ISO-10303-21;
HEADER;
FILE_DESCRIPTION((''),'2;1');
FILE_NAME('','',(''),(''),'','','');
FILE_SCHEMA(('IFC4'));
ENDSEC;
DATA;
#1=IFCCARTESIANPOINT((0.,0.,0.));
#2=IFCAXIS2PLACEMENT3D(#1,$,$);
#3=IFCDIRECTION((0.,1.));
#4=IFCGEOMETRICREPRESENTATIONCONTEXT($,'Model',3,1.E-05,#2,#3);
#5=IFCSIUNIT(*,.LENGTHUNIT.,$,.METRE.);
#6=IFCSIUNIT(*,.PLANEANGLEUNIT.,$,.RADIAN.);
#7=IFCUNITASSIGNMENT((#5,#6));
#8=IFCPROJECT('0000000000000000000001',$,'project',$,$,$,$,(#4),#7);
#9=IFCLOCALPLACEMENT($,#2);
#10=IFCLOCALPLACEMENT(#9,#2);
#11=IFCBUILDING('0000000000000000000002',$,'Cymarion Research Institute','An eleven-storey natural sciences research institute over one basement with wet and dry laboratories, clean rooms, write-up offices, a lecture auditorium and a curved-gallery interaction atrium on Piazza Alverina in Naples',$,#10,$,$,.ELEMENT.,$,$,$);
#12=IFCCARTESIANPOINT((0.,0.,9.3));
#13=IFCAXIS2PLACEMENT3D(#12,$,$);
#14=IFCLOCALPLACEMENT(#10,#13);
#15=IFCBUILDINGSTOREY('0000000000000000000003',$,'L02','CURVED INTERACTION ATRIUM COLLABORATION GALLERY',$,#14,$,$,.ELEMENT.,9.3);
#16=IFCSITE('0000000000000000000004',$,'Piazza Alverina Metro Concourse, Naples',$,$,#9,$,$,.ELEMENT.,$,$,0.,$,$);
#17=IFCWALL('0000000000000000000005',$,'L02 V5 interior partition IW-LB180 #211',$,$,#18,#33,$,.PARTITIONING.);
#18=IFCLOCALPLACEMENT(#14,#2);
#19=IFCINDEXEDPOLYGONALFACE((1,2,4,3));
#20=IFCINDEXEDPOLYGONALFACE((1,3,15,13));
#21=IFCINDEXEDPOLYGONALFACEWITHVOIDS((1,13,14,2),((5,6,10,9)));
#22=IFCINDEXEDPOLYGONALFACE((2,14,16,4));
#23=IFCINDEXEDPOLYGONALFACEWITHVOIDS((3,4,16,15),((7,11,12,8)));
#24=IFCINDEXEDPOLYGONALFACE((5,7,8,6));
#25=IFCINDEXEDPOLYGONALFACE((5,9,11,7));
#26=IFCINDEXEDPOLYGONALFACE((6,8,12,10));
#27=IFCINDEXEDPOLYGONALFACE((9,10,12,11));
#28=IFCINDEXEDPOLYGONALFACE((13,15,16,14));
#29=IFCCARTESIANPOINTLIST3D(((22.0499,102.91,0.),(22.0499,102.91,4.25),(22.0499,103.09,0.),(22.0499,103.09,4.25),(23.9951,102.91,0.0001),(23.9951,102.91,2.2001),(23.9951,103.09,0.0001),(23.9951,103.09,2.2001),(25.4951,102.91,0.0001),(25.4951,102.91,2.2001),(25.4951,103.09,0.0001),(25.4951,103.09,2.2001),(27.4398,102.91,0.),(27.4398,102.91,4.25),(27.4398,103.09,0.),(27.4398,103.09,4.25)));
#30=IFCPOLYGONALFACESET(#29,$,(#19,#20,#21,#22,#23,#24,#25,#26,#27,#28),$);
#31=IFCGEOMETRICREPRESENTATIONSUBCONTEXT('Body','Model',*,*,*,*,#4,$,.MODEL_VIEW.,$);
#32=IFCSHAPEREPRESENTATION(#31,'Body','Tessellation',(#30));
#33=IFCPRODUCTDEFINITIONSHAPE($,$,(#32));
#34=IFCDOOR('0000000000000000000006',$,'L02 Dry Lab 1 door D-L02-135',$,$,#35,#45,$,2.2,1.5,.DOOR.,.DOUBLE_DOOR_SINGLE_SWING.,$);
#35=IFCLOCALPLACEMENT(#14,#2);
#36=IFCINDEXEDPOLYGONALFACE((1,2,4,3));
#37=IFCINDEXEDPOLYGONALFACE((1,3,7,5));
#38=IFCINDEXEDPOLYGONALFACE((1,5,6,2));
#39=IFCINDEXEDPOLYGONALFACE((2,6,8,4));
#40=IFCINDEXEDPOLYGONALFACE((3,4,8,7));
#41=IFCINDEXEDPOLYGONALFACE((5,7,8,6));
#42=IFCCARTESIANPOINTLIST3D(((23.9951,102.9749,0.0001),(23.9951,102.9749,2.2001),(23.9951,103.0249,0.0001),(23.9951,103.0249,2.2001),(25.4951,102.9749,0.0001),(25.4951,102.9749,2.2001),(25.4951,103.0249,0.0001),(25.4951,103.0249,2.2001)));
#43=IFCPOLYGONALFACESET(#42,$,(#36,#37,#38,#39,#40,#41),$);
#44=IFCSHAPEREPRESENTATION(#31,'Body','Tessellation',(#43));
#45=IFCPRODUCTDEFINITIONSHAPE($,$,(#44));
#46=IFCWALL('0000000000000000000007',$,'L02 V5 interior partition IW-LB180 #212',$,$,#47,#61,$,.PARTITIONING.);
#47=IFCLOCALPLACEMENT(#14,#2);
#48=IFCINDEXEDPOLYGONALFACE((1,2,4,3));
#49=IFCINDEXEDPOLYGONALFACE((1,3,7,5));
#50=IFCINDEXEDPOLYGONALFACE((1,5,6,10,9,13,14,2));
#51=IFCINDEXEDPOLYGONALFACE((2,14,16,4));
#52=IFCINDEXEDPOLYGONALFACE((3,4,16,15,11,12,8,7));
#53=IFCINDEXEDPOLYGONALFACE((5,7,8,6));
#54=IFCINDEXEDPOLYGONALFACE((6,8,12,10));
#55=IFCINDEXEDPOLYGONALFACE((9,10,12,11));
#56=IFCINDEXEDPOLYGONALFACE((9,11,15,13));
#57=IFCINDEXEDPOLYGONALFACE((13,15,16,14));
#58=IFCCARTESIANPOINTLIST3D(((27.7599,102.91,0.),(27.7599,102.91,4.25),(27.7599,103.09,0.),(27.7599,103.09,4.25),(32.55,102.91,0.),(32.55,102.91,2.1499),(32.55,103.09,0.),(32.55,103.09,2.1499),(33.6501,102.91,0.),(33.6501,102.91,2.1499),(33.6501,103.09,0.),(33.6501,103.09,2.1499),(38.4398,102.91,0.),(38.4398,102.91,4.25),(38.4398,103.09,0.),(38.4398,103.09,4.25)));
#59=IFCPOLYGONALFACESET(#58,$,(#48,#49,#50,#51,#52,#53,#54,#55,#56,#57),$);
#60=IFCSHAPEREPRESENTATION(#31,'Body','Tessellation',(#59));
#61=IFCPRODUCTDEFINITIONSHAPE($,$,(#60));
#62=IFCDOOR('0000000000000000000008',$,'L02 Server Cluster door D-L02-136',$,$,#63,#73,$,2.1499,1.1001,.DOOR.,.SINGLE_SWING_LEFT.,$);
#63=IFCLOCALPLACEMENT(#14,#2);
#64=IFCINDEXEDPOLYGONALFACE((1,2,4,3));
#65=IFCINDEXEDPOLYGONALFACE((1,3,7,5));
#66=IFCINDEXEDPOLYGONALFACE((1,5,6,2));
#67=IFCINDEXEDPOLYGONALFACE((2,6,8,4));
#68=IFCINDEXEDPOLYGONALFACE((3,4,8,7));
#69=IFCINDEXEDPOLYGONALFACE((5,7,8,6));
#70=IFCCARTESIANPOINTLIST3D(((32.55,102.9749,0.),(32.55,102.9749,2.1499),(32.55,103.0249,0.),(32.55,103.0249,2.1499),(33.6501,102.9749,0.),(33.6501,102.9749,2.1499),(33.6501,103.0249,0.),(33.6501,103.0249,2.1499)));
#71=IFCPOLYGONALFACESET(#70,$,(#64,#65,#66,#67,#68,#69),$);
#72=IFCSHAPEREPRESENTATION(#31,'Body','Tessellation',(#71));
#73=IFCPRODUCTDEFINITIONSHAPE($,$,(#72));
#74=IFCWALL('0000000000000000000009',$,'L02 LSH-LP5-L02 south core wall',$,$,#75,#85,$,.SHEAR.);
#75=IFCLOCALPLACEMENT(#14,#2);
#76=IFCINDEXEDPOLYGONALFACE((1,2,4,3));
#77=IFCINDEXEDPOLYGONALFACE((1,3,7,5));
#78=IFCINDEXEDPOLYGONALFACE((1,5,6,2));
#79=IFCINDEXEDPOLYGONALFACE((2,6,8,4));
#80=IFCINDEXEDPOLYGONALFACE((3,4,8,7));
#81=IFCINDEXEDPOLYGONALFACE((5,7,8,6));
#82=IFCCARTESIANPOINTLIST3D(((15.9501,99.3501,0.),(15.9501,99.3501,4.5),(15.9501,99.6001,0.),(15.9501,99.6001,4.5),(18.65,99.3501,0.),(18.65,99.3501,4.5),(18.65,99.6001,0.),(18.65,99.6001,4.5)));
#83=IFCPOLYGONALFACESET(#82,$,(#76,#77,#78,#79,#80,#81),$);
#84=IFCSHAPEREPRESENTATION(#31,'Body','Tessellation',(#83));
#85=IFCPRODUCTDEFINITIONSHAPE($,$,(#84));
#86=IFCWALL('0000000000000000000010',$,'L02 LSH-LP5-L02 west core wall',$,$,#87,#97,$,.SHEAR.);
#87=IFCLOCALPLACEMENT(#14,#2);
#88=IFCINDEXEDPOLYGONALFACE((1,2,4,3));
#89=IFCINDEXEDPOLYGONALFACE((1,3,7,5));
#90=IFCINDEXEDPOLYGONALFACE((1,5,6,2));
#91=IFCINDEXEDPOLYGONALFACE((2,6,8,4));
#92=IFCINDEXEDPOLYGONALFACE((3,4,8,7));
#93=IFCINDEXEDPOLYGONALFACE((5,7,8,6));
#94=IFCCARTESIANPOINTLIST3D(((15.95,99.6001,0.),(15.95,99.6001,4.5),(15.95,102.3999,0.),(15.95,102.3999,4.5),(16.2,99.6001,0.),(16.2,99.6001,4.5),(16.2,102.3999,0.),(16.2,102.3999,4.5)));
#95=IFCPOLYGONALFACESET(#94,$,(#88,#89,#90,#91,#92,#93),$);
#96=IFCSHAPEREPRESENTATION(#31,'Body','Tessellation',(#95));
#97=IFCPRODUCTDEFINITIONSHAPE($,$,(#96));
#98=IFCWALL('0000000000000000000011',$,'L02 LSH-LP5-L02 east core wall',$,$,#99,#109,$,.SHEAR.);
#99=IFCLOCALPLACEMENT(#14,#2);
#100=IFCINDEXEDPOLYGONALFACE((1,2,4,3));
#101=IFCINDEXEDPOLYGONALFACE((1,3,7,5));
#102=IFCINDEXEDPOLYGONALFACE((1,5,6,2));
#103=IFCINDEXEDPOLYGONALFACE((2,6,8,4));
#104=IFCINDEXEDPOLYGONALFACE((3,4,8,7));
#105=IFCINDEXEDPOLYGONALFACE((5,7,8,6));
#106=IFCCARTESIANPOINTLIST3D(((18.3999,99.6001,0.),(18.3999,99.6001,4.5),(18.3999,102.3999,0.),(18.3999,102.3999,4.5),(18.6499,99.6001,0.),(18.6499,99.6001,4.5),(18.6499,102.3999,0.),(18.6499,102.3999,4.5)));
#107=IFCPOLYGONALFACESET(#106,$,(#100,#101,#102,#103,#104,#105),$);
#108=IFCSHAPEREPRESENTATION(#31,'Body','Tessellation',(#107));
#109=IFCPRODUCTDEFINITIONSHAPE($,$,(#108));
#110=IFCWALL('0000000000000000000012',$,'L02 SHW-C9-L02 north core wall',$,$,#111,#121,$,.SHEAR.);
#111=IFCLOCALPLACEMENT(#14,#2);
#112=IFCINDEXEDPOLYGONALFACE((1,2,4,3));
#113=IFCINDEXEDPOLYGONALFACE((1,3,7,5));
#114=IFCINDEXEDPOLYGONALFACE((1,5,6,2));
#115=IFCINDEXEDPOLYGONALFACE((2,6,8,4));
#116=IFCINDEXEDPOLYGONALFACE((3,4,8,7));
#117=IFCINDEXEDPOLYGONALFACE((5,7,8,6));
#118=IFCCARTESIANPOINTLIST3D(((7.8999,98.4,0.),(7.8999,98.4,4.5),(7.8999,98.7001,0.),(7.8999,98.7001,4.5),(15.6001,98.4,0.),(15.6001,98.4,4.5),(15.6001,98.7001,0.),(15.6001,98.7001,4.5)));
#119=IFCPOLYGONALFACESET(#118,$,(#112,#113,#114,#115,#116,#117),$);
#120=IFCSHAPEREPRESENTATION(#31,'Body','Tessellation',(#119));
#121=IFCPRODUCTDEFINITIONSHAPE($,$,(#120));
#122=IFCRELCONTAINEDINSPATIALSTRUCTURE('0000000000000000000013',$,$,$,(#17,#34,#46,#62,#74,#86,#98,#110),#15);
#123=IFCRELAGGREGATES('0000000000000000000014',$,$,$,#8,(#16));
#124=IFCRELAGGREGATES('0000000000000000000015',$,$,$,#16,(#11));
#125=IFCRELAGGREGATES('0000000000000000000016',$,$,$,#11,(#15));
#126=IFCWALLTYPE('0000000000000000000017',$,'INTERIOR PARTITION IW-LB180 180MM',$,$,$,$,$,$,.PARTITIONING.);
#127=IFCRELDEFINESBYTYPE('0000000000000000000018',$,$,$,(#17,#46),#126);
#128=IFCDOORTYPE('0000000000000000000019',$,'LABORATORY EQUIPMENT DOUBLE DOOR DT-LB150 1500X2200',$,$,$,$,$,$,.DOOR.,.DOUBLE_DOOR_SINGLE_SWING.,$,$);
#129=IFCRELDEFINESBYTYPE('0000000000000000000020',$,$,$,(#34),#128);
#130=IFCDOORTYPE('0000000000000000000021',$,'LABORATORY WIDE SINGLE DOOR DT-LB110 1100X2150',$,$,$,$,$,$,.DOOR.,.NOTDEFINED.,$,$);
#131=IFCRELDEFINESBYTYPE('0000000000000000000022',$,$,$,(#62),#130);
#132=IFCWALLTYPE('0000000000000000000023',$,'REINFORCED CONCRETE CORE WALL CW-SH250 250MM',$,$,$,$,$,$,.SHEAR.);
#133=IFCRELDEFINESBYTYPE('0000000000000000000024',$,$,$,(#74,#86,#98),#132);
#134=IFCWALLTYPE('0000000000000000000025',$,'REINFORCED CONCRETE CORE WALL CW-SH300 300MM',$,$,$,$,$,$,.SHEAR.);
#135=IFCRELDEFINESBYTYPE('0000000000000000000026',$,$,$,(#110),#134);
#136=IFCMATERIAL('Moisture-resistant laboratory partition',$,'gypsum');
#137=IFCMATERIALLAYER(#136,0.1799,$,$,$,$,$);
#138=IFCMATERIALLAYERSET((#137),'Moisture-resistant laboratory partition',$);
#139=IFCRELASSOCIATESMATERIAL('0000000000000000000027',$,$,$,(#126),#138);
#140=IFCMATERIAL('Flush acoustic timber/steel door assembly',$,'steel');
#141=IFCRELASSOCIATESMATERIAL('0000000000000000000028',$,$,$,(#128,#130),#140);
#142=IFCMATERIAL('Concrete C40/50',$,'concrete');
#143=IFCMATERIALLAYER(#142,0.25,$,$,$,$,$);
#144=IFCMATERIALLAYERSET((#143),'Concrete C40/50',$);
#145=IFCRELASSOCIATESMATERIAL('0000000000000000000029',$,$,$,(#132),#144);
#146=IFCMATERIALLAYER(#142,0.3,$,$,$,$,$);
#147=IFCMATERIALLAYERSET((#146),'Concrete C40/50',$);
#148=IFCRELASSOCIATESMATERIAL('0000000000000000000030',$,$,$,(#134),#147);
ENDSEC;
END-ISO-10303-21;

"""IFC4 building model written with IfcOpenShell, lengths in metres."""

from ifc_helpers import new_model, si_unit, direction, frame, frame_2d, origin, place, context, subcontext, project, spatial, rectangle, extrude, material, layer, layer_set, type_object, element, fill, save


model = new_model("IFC4")

# Units and contexts
model_context = context("Model", 3, precision=1e-05, world=origin(), true_north=direction((0.0, 1.0)))
body_context = subcontext(model_context, "Body", "Model", "MODEL_VIEW")
ifc_project = project(units=[si_unit("LENGTHUNIT", "METRE"), si_unit("PLANEANGLEUNIT", "RADIAN")], contexts=[model_context])

# Site, building, storey
site_placement = place(None, origin())
site = spatial("IfcSite", under=ifc_project, at=site_placement, Name="Piazza Alverina Metro Concourse, Naples", CompositionType="ELEMENT", RefElevation=0.0)
building_placement = place(site_placement, origin())
building = spatial("IfcBuilding", under=site, at=building_placement, Name="Cymarion Research Institute", Description="An eleven-storey natural sciences research institute over one basement with wet and dry laboratories, clean rooms, write-up offices, a lecture auditorium and a curved-gallery interaction atrium on Piazza Alverina in Naples", CompositionType="ELEMENT")
storey_placement = place(building_placement, frame((0.0, 0.0, 9.3)))
storey = spatial("IfcBuildingStorey", under=building, at=storey_placement, Name="L02", Description="CURVED INTERACTION ATRIUM COLLABORATION GALLERY", CompositionType="ELEMENT", Elevation=9.3)

# Shared definitions
ifc_material_1 = material(Name="Flush acoustic timber/steel door assembly", Category="steel")

# Shared definitions
ifc_material_2 = material(Name="Moisture-resistant laboratory partition", Category="gypsum")
ifc_layer_1 = layer(ifc_material_2, 0.1799)
ifc_layer_set_1 = layer_set([ifc_layer_1], Name="Moisture-resistant laboratory partition")
wall_type_1 = type_object("IfcWallType", Name="INTERIOR PARTITION IW-LB180 180MM", PredefinedType="PARTITIONING", material=ifc_layer_set_1)

# Walls, openings, doors
wall_1_placement = place(storey_placement, frame((22.05, 103.0, 0.0), z_axis=(0.0, 0.0, 1.0), x_axis=(1.0, 0.0, 0.0)))
wall_1 = element("IfcWall", 1, at=wall_1_placement, inside=storey, type_object=wall_type_1, Name="L02 V5 interior partition IW-LB180 #211", PredefinedType="PARTITIONING", context=body_context, shape_type="SweptSolid", body=[
    extrude(rectangle(XDim=5.3899, YDim=0.1799, at=frame_2d((2.6948, 0.0))), origin(), (0.0, 0.0, 1.0), 4.25),
])
opening_1_placement = place(wall_1_placement, frame((1.9451, 0.0, 0.0)))
opening_1 = element("IfcOpeningElement", 2, at=opening_1_placement, cuts=wall_1, PredefinedType="OPENING", context=body_context, shape_type="SweptSolid", body=[
    extrude(rectangle(XDim=1.5, YDim=2.2, at=frame_2d((0.75, 1.1001))), frame((0.0, 0.0999, 0.0), z_axis=(0.0, -1.0, 0.0), x_axis=(1.0, 0.0, 0.0)), (0.0, 0.0, 1.0), 0.2),
])
door_type_1 = type_object("IfcDoorType", Name="LABORATORY EQUIPMENT DOUBLE DOOR DT-LB150 1500X2200", OperationType="DOUBLE_DOOR_SINGLE_SWING", PredefinedType="DOOR", material=ifc_material_1)
door_1_placement = place(opening_1_placement, origin())
door_1 = element("IfcDoor", 3, at=door_1_placement, inside=storey, type_object=door_type_1, Name="L02 Dry Lab 1 door D-L02-135", OperationType="DOUBLE_DOOR_SINGLE_SWING", OverallHeight=2.2, OverallWidth=1.5, PredefinedType="DOOR", context=body_context, shape_type="SweptSolid", body=[
    extrude(rectangle(XDim=1.5, YDim=2.2, at=frame_2d((0.75, 1.1001))), frame((0.0, 0.0249, 0.0), z_axis=(0.0, -1.0, 0.0), x_axis=(1.0, 0.0, 0.0)), (0.0, 0.0, 1.0), 0.05),
])
fill(opening_1, door_1)
wall_2_placement = place(storey_placement, frame((27.76, 103.0, 0.0), z_axis=(0.0, 0.0, 1.0), x_axis=(1.0, 0.0, 0.0)))
wall_2 = element("IfcWall", 4, at=wall_2_placement, inside=storey, type_object=wall_type_1, Name="L02 V5 interior partition IW-LB180 #212", PredefinedType="PARTITIONING", context=body_context, shape_type="SweptSolid", body=[
    extrude(rectangle(XDim=10.6799, YDim=0.1799, at=frame_2d((5.3398, 0.0))), origin(), (0.0, 0.0, 1.0), 4.25),
])
opening_2_placement = place(wall_2_placement, frame((4.79, 0.0, 0.0)))
opening_2 = element("IfcOpeningElement", 5, at=opening_2_placement, cuts=wall_2, PredefinedType="OPENING", context=body_context, shape_type="SweptSolid", body=[
    extrude(rectangle(XDim=1.1001, YDim=2.1499, at=frame_2d((0.55, 1.075))), frame((0.0, 0.0999, 0.0), z_axis=(0.0, -1.0, 0.0), x_axis=(1.0, 0.0, 0.0)), (0.0, 0.0, 1.0), 0.2),
])
door_type_2 = type_object("IfcDoorType", Name="LABORATORY WIDE SINGLE DOOR DT-LB110 1100X2150", OperationType="NOTDEFINED", PredefinedType="DOOR", material=ifc_material_1)
door_2_placement = place(opening_2_placement, origin())
door_2 = element("IfcDoor", 6, at=door_2_placement, inside=storey, type_object=door_type_2, Name="L02 Server Cluster door D-L02-136", OperationType="SINGLE_SWING_LEFT", OverallHeight=2.1499, OverallWidth=1.1001, PredefinedType="DOOR", context=body_context, shape_type="SweptSolid", body=[
    extrude(rectangle(XDim=1.1001, YDim=2.1499, at=frame_2d((0.55, 1.075))), frame((0.0, 0.0249, 0.0), z_axis=(0.0, -1.0, 0.0), x_axis=(1.0, 0.0, 0.0)), (0.0, 0.0, 1.0), 0.05),
])
fill(opening_2, door_2)

# Wall
ifc_material_3 = material(Name="Concrete C40/50", Category="concrete")
ifc_layer_2 = layer(ifc_material_3, 0.25)
ifc_layer_set_2 = layer_set([ifc_layer_2], Name="Concrete C40/50")
wall_type_2 = type_object("IfcWallType", Name="REINFORCED CONCRETE CORE WALL CW-SH250 250MM", PredefinedType="SHEAR", material=ifc_layer_set_2)
wall_3_placement = place(storey_placement, frame((15.95, 99.4751, 0.0), z_axis=(0.0, 0.0, 1.0), x_axis=(1.0, 0.0, 0.0)))
element("IfcWall", 7, at=wall_3_placement, inside=storey, type_object=wall_type_2, Name="L02 LSH-LP5-L02 south core wall", PredefinedType="SHEAR", context=body_context, shape_type="SweptSolid", body=[
    extrude(rectangle(XDim=2.7, YDim=0.25, at=frame_2d((1.3501, 0.0))), origin(), (0.0, 0.0, 1.0), 4.5),
])

# Walls
for number, where, z_axis, x_axis, name in (
    (8, (16.075, 102.3999, 0.0), (0.0, 0.0, 1.0), (0.0, -1.0, 0.0), "L02 LSH-LP5-L02 west core wall"),
    (9, (18.5249, 99.6001, 0.0), (0.0, 0.0, 1.0), (0.0, 1.0, 0.0), "L02 LSH-LP5-L02 east core wall"),
):
    element("IfcWall", number, at=place(storey_placement, frame(where, z_axis=z_axis, x_axis=x_axis)), inside=storey, type_object=wall_type_2, Name=name, PredefinedType="SHEAR", context=body_context, shape_type="SweptSolid", body=[
        extrude(rectangle(XDim=2.7998, YDim=0.25, at=frame_2d((1.3999, 0.0))), origin(), (0.0, 0.0, 1.0), 4.5),
    ])
ifc_layer_3 = layer(ifc_material_3, 0.3)
ifc_layer_set_3 = layer_set([ifc_layer_3], Name="Concrete C40/50")
wall_type_3 = type_object("IfcWallType", Name="REINFORCED CONCRETE CORE WALL CW-SH300 300MM", PredefinedType="SHEAR", material=ifc_layer_set_3)
wall_4_placement = place(storey_placement, frame((15.6001, 98.55, 0.0), z_axis=(0.0, 0.0, 1.0), x_axis=(-1.0, 0.0, 0.0)))
element("IfcWall", 10, at=wall_4_placement, inside=storey, type_object=wall_type_3, Name="L02 SHW-C9-L02 north core wall", PredefinedType="SHEAR", context=body_context, shape_type="SweptSolid", body=[
    extrude(rectangle(XDim=7.7002, YDim=0.3, at=frame_2d((3.8501, 0.0))), origin(), (0.0, 0.0, 1.0), 4.5),
])

save(model, "model.ifc")
